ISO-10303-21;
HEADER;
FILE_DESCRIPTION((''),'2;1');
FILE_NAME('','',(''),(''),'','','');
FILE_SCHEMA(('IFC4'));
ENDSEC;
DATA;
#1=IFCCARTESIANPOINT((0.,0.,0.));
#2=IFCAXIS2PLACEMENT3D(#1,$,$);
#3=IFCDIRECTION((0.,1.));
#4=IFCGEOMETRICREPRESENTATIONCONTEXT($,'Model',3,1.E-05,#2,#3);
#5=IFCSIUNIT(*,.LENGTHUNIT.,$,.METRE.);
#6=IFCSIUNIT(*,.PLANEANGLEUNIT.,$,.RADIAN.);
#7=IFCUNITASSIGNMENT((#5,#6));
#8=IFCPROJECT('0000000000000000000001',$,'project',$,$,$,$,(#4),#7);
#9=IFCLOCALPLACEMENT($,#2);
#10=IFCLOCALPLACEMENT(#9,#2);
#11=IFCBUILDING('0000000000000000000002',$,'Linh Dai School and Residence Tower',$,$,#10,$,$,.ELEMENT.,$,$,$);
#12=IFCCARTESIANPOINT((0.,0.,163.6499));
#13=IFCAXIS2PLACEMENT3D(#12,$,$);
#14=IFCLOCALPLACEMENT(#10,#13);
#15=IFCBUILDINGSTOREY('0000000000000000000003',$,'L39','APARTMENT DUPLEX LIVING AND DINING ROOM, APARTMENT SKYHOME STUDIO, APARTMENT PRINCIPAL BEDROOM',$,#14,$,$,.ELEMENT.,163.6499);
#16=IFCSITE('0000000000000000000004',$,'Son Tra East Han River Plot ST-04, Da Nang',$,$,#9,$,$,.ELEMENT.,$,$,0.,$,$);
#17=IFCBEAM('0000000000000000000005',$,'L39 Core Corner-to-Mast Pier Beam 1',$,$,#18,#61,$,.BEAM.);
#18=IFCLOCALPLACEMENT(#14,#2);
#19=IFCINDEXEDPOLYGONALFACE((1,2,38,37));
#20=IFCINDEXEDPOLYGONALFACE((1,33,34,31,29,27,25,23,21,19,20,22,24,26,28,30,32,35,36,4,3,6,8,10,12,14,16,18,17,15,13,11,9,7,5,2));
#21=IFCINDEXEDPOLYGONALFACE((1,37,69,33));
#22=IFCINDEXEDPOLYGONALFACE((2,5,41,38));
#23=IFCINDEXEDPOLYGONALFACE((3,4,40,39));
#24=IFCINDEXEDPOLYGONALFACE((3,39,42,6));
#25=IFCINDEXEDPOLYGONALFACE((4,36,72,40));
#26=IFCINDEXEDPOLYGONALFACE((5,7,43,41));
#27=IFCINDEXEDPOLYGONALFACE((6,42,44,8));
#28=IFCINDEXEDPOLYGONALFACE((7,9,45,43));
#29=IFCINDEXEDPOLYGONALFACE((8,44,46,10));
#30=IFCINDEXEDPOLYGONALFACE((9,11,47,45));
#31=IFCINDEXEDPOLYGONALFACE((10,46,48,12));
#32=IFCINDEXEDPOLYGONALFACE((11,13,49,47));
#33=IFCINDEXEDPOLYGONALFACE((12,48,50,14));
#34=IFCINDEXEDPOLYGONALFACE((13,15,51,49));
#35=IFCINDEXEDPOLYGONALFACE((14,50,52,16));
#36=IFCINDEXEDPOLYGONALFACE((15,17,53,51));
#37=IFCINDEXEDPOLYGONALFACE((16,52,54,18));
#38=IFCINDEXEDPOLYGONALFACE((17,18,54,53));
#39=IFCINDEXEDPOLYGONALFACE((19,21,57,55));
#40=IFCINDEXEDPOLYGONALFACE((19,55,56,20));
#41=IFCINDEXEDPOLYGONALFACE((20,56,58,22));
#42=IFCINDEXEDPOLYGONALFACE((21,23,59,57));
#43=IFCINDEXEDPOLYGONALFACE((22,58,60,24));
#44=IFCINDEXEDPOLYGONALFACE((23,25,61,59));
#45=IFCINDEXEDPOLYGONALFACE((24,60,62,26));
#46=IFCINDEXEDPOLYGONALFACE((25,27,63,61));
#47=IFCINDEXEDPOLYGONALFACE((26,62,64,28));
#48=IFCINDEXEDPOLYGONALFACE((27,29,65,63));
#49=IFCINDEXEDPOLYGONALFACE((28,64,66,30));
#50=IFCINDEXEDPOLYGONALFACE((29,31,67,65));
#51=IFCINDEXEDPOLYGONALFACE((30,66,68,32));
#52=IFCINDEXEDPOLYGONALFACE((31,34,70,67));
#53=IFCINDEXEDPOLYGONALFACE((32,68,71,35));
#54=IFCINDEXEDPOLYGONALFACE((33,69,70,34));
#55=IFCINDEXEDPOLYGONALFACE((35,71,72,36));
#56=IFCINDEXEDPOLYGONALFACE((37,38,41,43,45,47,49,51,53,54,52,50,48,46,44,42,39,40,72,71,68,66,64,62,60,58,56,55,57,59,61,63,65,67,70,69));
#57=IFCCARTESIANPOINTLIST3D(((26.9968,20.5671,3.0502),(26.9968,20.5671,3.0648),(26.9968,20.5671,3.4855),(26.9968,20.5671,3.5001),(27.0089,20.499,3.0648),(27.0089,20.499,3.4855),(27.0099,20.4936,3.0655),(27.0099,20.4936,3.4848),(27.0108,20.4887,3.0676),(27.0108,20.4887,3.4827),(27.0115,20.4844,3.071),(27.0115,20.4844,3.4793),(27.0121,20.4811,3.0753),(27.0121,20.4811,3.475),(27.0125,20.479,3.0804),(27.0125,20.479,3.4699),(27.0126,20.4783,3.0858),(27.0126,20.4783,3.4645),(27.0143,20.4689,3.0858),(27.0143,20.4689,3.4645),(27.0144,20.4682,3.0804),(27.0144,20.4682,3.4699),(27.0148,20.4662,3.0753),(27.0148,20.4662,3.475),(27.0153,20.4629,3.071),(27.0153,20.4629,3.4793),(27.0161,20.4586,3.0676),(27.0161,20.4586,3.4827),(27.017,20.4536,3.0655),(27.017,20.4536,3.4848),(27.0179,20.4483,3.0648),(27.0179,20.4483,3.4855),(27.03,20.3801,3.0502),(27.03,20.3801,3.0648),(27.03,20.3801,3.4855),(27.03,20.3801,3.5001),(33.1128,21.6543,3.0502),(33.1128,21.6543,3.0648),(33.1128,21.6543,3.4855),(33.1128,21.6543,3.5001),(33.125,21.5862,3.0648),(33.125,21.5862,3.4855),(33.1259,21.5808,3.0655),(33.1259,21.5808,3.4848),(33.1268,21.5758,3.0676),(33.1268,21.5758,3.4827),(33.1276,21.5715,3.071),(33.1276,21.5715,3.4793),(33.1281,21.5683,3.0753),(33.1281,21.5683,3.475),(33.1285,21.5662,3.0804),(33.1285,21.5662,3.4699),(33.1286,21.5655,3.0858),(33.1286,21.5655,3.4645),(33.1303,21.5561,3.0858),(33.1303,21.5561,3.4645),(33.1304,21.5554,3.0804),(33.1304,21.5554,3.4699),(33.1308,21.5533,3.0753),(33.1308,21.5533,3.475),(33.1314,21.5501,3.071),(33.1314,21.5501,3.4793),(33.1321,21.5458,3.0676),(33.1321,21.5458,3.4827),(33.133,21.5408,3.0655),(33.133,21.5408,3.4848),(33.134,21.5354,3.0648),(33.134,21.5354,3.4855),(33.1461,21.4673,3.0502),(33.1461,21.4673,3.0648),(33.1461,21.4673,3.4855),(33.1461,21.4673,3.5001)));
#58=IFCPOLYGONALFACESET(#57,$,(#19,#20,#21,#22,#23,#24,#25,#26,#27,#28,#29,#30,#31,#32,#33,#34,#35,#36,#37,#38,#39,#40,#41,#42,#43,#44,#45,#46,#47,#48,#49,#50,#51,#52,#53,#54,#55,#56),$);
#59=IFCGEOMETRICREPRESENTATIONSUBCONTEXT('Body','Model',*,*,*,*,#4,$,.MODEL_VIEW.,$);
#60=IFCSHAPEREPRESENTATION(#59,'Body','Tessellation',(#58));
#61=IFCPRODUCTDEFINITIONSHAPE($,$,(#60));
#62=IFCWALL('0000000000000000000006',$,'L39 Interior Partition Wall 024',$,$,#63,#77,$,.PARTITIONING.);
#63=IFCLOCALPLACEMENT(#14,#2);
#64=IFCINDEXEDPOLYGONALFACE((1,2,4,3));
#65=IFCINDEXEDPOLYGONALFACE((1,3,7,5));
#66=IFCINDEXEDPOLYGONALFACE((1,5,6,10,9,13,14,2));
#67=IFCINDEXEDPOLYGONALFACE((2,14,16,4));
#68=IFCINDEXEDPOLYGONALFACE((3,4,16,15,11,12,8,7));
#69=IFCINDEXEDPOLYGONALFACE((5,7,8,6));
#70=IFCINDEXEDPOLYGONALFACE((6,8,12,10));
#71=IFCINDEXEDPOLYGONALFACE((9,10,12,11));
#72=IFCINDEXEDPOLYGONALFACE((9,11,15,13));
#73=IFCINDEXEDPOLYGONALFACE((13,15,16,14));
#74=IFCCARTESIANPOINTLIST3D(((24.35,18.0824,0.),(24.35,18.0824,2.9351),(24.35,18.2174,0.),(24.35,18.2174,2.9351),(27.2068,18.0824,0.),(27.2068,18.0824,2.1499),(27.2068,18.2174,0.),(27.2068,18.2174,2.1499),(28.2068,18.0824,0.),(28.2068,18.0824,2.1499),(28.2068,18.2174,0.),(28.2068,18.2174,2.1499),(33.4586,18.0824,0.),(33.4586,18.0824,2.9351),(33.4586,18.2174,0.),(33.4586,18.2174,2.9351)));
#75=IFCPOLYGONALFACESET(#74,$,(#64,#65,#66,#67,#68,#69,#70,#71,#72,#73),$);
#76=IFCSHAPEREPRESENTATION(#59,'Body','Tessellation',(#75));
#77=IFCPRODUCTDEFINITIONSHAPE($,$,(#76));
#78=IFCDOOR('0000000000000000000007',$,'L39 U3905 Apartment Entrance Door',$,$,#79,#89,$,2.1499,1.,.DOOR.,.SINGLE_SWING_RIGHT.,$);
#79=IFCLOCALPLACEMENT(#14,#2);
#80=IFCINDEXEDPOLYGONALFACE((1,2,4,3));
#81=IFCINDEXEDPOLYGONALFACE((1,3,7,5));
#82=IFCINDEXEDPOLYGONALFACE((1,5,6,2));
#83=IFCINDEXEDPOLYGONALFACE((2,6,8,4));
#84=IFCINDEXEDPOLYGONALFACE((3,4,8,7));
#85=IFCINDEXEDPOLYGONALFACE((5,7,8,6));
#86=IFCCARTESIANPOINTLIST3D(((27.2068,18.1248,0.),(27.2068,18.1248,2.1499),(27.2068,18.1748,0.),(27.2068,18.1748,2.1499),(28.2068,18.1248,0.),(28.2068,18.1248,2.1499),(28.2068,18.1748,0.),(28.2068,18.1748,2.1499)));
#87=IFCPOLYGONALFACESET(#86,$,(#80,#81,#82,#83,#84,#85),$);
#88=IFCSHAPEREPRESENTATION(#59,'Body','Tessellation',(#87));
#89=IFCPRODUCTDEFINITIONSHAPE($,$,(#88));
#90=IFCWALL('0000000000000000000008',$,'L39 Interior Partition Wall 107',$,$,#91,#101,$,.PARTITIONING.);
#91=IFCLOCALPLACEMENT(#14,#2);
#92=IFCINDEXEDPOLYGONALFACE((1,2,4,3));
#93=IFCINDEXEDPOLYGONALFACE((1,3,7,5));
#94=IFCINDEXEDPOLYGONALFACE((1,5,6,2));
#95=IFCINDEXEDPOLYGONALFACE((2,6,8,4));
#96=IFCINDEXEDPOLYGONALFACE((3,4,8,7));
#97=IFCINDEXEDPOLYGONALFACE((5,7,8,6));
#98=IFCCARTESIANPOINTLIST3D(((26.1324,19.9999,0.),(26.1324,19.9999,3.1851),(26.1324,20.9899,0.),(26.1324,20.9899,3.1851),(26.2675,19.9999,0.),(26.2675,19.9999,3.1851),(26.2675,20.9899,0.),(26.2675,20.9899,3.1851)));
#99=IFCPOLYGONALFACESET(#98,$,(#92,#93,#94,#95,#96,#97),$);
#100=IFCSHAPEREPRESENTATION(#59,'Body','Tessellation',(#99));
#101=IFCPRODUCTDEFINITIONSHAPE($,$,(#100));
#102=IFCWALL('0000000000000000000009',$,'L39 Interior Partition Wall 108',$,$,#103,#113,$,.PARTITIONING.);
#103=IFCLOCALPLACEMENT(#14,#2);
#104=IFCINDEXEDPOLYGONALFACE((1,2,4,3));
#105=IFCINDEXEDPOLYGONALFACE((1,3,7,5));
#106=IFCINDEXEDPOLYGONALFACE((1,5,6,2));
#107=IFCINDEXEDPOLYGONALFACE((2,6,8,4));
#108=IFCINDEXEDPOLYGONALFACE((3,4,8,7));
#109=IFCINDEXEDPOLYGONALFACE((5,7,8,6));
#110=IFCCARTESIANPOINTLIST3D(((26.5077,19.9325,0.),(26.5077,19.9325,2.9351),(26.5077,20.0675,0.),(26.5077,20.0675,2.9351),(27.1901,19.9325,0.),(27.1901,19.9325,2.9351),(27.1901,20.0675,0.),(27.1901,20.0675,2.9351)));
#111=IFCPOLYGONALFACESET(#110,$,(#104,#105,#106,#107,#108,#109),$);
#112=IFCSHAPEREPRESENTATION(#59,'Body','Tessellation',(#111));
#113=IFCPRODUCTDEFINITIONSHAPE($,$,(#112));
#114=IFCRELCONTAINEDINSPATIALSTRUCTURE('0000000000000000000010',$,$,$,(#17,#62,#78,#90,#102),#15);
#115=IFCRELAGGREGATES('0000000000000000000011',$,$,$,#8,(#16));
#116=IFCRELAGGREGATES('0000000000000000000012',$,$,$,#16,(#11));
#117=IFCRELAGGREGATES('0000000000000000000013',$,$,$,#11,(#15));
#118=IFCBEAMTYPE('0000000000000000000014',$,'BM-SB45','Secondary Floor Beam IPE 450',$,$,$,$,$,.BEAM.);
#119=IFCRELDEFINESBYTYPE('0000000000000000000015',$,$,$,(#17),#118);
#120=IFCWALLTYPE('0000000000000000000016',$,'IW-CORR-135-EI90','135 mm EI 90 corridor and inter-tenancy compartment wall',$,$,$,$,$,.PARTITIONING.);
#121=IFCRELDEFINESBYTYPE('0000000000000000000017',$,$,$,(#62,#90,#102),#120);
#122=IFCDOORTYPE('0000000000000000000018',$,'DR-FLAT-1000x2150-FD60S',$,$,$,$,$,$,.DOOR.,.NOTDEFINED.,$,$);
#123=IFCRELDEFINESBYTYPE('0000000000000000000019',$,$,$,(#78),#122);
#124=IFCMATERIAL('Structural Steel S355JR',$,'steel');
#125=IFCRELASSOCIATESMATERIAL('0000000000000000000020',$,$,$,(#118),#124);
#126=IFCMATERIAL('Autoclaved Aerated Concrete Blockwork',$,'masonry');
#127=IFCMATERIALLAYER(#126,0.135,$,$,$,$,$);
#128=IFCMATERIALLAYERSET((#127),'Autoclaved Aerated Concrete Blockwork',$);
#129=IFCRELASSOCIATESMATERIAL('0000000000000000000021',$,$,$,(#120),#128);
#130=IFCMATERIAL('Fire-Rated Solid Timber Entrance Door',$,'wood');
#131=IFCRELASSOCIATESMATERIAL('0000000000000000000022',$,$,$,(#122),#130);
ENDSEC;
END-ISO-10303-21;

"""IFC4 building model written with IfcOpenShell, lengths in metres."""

from ifc_helpers import new_model, si_unit, direction, frame, frame_2d, origin, origin_2d, place, context, subcontext, project, spatial, rectangle, i_section, extrude, source, transform, mapped, material, layer, layer_set, material_profile, profile_set, type_object, element, fill, save


model = new_model("IFC4")

# Units and contexts
model_context = context("Model", 3, precision=1e-05, world=origin(), true_north=direction((0.0, 1.0)))
body_context = subcontext(model_context, "Body", "Model", "MODEL_VIEW")
ifc_project = project(units=[si_unit("LENGTHUNIT", "METRE"), si_unit("PLANEANGLEUNIT", "RADIAN")], contexts=[model_context])

# Site, building, storey
site_placement = place(None, origin())
site = spatial("IfcSite", under=ifc_project, at=site_placement, Name="Son Tra East Han River Plot ST-04, Da Nang", CompositionType="ELEMENT", RefElevation=0.0)
building_placement = place(site_placement, origin())
building = spatial("IfcBuilding", under=site, at=building_placement, Name="Linh Dai School and Residence Tower", CompositionType="ELEMENT")
storey_placement = place(building_placement, frame((0.0, 0.0, 163.6499)))
storey = spatial("IfcBuildingStorey", under=building, at=storey_placement, Name="L39", Description="APARTMENT DUPLEX LIVING AND DINING ROOM, APARTMENT SKYHOME STUDIO, APARTMENT PRINCIPAL BEDROOM", CompositionType="ELEMENT", Elevation=163.6499)

# Beam
ifc_material_1 = material(Name="Structural Steel S355JR", Category="steel")
ifc_material_profile_1 = material_profile(ifc_material_1, i_section(OverallWidth=0.1899, OverallDepth=0.45, WebThickness=0.0095, FlangeThickness=0.0146, FilletRadius=0.021, at=origin_2d()), Name="IPE 450")
ifc_profile_set_1 = profile_set([ifc_material_profile_1], Name="Structural Steel S355JR")
beam_type_1 = type_object("IfcBeamType", Name="BM-SB45", Description="Secondary Floor Beam IPE 450", PredefinedType="BEAM", material=ifc_profile_set_1)
beam_1_placement = place(storey_placement, frame((27.0134, 20.4736, 3.2751), z_axis=(0.984566, 0.175014, 0.0), x_axis=(-0.175014, 0.984566, 0.0)))
element("IfcBeam", 1, at=beam_1_placement, inside=storey, type_object=beam_type_1, Name="L39 Core Corner-to-Mast Pier Beam 1", PredefinedType="BEAM", context=body_context, shape_type="SweptSolid", body=[
    extrude(i_section(OverallWidth=0.1899, OverallDepth=0.45, WebThickness=0.0095, FlangeThickness=0.0146, FilletRadius=0.021, at=origin_2d()), origin(), (0.0, 0.0, 1.0), 6.2119),
])

# Wall, opening, door
ifc_material_2 = material(Name="Autoclaved Aerated Concrete Blockwork", Category="masonry")
ifc_layer_1 = layer(ifc_material_2, 0.135)
ifc_layer_set_1 = layer_set([ifc_layer_1], Name="Autoclaved Aerated Concrete Blockwork")
wall_type_1 = type_object("IfcWallType", Name="IW-CORR-135-EI90", Description="135 mm EI 90 corridor and inter-tenancy compartment wall", PredefinedType="PARTITIONING", material=ifc_layer_set_1)
wall_1_placement = place(storey_placement, frame((24.3501, 18.1499, 0.0), z_axis=(0.0, 0.0, 1.0), x_axis=(1.0, 0.0, 0.0)))
wall_1 = element("IfcWall", 2, at=wall_1_placement, inside=storey, type_object=wall_type_1, Name="L39 Interior Partition Wall 024", PredefinedType="PARTITIONING", context=body_context, shape_type="SweptSolid", body=[
    extrude(rectangle(XDim=9.1086, YDim=0.135, at=frame_2d((4.5542, 0.0))), origin(), (0.0, 0.0, 1.0), 2.9351),
])
opening_1_placement = place(wall_1_placement, frame((2.8567, 0.0, 0.0)))
opening_1 = element("IfcOpeningElement", 3, at=opening_1_placement, cuts=wall_1, PredefinedType="OPENING", context=body_context, shape_type="SweptSolid", body=[
    extrude(rectangle(XDim=1.0, YDim=2.1499, at=origin_2d()), frame((0.5, 0.0776, 1.075), z_axis=(0.0, -1.0, 0.0), x_axis=(1.0, 0.0, 0.0)), (0.0, 0.0, 1.0), 0.155),
])
ifc_material_3 = material(Name="Fire-Rated Solid Timber Entrance Door", Category="wood")
door_type_1 = type_object("IfcDoorType", Name="DR-FLAT-1000x2150-FD60S", OperationType="NOTDEFINED", PredefinedType="DOOR", material=ifc_material_3)
shared_shape_1 = source(origin(), body_context, "Body", "SweptSolid", [
    extrude(rectangle(XDim=1.0, YDim=2.1499, at=origin_2d()), frame((0.5, 0.0249, 1.075), z_axis=(0.0, -1.0, 0.0), x_axis=(1.0, 0.0, 0.0)), (0.0, 0.0, 1.0), 0.05),
])
door_1_placement = place(opening_1_placement, origin())
door_1 = element("IfcDoor", 4, at=door_1_placement, inside=storey, type_object=door_type_1, Name="L39 U3905 Apartment Entrance Door", OperationType="SINGLE_SWING_RIGHT", OverallHeight=2.1499, OverallWidth=1.0, PredefinedType="DOOR", context=body_context, shape_type="MappedRepresentation", body=[
    mapped(shared_shape_1, transform((0.0, 0.0, 0.0), x_axis=(1.0, 0.0, 0.0), y_axis=(0.0, 1.0, 0.0), z_axis=(0.0, 0.0, 1.0), scale=1.0)),
])
fill(opening_1, door_1)

# Walls
wall_2_placement = place(storey_placement, frame((26.2, 20.99, 0.0), z_axis=(0.0, 0.0, 1.0), x_axis=(0.0, -1.0, 0.0)))
element("IfcWall", 5, at=wall_2_placement, inside=storey, type_object=wall_type_1, Name="L39 Interior Partition Wall 107", PredefinedType="PARTITIONING", context=body_context, shape_type="SweptSolid", body=[
    extrude(rectangle(XDim=0.99, YDim=0.135, at=frame_2d((0.4951, 0.0))), origin(), (0.0, 0.0, 1.0), 3.1851),
])
wall_3_placement = place(storey_placement, frame((26.5076, 20.0, 0.0), z_axis=(0.0, 0.0, 1.0), x_axis=(1.0, 0.0, 0.0)))
element("IfcWall", 6, at=wall_3_placement, inside=storey, type_object=wall_type_1, Name="L39 Interior Partition Wall 108", PredefinedType="PARTITIONING", context=body_context, shape_type="SweptSolid", body=[
    extrude(rectangle(XDim=0.6824, YDim=0.135, at=frame_2d((0.3413, 0.0))), origin(), (0.0, 0.0, 1.0), 2.9351),
])

save(model, "model.ifc")
